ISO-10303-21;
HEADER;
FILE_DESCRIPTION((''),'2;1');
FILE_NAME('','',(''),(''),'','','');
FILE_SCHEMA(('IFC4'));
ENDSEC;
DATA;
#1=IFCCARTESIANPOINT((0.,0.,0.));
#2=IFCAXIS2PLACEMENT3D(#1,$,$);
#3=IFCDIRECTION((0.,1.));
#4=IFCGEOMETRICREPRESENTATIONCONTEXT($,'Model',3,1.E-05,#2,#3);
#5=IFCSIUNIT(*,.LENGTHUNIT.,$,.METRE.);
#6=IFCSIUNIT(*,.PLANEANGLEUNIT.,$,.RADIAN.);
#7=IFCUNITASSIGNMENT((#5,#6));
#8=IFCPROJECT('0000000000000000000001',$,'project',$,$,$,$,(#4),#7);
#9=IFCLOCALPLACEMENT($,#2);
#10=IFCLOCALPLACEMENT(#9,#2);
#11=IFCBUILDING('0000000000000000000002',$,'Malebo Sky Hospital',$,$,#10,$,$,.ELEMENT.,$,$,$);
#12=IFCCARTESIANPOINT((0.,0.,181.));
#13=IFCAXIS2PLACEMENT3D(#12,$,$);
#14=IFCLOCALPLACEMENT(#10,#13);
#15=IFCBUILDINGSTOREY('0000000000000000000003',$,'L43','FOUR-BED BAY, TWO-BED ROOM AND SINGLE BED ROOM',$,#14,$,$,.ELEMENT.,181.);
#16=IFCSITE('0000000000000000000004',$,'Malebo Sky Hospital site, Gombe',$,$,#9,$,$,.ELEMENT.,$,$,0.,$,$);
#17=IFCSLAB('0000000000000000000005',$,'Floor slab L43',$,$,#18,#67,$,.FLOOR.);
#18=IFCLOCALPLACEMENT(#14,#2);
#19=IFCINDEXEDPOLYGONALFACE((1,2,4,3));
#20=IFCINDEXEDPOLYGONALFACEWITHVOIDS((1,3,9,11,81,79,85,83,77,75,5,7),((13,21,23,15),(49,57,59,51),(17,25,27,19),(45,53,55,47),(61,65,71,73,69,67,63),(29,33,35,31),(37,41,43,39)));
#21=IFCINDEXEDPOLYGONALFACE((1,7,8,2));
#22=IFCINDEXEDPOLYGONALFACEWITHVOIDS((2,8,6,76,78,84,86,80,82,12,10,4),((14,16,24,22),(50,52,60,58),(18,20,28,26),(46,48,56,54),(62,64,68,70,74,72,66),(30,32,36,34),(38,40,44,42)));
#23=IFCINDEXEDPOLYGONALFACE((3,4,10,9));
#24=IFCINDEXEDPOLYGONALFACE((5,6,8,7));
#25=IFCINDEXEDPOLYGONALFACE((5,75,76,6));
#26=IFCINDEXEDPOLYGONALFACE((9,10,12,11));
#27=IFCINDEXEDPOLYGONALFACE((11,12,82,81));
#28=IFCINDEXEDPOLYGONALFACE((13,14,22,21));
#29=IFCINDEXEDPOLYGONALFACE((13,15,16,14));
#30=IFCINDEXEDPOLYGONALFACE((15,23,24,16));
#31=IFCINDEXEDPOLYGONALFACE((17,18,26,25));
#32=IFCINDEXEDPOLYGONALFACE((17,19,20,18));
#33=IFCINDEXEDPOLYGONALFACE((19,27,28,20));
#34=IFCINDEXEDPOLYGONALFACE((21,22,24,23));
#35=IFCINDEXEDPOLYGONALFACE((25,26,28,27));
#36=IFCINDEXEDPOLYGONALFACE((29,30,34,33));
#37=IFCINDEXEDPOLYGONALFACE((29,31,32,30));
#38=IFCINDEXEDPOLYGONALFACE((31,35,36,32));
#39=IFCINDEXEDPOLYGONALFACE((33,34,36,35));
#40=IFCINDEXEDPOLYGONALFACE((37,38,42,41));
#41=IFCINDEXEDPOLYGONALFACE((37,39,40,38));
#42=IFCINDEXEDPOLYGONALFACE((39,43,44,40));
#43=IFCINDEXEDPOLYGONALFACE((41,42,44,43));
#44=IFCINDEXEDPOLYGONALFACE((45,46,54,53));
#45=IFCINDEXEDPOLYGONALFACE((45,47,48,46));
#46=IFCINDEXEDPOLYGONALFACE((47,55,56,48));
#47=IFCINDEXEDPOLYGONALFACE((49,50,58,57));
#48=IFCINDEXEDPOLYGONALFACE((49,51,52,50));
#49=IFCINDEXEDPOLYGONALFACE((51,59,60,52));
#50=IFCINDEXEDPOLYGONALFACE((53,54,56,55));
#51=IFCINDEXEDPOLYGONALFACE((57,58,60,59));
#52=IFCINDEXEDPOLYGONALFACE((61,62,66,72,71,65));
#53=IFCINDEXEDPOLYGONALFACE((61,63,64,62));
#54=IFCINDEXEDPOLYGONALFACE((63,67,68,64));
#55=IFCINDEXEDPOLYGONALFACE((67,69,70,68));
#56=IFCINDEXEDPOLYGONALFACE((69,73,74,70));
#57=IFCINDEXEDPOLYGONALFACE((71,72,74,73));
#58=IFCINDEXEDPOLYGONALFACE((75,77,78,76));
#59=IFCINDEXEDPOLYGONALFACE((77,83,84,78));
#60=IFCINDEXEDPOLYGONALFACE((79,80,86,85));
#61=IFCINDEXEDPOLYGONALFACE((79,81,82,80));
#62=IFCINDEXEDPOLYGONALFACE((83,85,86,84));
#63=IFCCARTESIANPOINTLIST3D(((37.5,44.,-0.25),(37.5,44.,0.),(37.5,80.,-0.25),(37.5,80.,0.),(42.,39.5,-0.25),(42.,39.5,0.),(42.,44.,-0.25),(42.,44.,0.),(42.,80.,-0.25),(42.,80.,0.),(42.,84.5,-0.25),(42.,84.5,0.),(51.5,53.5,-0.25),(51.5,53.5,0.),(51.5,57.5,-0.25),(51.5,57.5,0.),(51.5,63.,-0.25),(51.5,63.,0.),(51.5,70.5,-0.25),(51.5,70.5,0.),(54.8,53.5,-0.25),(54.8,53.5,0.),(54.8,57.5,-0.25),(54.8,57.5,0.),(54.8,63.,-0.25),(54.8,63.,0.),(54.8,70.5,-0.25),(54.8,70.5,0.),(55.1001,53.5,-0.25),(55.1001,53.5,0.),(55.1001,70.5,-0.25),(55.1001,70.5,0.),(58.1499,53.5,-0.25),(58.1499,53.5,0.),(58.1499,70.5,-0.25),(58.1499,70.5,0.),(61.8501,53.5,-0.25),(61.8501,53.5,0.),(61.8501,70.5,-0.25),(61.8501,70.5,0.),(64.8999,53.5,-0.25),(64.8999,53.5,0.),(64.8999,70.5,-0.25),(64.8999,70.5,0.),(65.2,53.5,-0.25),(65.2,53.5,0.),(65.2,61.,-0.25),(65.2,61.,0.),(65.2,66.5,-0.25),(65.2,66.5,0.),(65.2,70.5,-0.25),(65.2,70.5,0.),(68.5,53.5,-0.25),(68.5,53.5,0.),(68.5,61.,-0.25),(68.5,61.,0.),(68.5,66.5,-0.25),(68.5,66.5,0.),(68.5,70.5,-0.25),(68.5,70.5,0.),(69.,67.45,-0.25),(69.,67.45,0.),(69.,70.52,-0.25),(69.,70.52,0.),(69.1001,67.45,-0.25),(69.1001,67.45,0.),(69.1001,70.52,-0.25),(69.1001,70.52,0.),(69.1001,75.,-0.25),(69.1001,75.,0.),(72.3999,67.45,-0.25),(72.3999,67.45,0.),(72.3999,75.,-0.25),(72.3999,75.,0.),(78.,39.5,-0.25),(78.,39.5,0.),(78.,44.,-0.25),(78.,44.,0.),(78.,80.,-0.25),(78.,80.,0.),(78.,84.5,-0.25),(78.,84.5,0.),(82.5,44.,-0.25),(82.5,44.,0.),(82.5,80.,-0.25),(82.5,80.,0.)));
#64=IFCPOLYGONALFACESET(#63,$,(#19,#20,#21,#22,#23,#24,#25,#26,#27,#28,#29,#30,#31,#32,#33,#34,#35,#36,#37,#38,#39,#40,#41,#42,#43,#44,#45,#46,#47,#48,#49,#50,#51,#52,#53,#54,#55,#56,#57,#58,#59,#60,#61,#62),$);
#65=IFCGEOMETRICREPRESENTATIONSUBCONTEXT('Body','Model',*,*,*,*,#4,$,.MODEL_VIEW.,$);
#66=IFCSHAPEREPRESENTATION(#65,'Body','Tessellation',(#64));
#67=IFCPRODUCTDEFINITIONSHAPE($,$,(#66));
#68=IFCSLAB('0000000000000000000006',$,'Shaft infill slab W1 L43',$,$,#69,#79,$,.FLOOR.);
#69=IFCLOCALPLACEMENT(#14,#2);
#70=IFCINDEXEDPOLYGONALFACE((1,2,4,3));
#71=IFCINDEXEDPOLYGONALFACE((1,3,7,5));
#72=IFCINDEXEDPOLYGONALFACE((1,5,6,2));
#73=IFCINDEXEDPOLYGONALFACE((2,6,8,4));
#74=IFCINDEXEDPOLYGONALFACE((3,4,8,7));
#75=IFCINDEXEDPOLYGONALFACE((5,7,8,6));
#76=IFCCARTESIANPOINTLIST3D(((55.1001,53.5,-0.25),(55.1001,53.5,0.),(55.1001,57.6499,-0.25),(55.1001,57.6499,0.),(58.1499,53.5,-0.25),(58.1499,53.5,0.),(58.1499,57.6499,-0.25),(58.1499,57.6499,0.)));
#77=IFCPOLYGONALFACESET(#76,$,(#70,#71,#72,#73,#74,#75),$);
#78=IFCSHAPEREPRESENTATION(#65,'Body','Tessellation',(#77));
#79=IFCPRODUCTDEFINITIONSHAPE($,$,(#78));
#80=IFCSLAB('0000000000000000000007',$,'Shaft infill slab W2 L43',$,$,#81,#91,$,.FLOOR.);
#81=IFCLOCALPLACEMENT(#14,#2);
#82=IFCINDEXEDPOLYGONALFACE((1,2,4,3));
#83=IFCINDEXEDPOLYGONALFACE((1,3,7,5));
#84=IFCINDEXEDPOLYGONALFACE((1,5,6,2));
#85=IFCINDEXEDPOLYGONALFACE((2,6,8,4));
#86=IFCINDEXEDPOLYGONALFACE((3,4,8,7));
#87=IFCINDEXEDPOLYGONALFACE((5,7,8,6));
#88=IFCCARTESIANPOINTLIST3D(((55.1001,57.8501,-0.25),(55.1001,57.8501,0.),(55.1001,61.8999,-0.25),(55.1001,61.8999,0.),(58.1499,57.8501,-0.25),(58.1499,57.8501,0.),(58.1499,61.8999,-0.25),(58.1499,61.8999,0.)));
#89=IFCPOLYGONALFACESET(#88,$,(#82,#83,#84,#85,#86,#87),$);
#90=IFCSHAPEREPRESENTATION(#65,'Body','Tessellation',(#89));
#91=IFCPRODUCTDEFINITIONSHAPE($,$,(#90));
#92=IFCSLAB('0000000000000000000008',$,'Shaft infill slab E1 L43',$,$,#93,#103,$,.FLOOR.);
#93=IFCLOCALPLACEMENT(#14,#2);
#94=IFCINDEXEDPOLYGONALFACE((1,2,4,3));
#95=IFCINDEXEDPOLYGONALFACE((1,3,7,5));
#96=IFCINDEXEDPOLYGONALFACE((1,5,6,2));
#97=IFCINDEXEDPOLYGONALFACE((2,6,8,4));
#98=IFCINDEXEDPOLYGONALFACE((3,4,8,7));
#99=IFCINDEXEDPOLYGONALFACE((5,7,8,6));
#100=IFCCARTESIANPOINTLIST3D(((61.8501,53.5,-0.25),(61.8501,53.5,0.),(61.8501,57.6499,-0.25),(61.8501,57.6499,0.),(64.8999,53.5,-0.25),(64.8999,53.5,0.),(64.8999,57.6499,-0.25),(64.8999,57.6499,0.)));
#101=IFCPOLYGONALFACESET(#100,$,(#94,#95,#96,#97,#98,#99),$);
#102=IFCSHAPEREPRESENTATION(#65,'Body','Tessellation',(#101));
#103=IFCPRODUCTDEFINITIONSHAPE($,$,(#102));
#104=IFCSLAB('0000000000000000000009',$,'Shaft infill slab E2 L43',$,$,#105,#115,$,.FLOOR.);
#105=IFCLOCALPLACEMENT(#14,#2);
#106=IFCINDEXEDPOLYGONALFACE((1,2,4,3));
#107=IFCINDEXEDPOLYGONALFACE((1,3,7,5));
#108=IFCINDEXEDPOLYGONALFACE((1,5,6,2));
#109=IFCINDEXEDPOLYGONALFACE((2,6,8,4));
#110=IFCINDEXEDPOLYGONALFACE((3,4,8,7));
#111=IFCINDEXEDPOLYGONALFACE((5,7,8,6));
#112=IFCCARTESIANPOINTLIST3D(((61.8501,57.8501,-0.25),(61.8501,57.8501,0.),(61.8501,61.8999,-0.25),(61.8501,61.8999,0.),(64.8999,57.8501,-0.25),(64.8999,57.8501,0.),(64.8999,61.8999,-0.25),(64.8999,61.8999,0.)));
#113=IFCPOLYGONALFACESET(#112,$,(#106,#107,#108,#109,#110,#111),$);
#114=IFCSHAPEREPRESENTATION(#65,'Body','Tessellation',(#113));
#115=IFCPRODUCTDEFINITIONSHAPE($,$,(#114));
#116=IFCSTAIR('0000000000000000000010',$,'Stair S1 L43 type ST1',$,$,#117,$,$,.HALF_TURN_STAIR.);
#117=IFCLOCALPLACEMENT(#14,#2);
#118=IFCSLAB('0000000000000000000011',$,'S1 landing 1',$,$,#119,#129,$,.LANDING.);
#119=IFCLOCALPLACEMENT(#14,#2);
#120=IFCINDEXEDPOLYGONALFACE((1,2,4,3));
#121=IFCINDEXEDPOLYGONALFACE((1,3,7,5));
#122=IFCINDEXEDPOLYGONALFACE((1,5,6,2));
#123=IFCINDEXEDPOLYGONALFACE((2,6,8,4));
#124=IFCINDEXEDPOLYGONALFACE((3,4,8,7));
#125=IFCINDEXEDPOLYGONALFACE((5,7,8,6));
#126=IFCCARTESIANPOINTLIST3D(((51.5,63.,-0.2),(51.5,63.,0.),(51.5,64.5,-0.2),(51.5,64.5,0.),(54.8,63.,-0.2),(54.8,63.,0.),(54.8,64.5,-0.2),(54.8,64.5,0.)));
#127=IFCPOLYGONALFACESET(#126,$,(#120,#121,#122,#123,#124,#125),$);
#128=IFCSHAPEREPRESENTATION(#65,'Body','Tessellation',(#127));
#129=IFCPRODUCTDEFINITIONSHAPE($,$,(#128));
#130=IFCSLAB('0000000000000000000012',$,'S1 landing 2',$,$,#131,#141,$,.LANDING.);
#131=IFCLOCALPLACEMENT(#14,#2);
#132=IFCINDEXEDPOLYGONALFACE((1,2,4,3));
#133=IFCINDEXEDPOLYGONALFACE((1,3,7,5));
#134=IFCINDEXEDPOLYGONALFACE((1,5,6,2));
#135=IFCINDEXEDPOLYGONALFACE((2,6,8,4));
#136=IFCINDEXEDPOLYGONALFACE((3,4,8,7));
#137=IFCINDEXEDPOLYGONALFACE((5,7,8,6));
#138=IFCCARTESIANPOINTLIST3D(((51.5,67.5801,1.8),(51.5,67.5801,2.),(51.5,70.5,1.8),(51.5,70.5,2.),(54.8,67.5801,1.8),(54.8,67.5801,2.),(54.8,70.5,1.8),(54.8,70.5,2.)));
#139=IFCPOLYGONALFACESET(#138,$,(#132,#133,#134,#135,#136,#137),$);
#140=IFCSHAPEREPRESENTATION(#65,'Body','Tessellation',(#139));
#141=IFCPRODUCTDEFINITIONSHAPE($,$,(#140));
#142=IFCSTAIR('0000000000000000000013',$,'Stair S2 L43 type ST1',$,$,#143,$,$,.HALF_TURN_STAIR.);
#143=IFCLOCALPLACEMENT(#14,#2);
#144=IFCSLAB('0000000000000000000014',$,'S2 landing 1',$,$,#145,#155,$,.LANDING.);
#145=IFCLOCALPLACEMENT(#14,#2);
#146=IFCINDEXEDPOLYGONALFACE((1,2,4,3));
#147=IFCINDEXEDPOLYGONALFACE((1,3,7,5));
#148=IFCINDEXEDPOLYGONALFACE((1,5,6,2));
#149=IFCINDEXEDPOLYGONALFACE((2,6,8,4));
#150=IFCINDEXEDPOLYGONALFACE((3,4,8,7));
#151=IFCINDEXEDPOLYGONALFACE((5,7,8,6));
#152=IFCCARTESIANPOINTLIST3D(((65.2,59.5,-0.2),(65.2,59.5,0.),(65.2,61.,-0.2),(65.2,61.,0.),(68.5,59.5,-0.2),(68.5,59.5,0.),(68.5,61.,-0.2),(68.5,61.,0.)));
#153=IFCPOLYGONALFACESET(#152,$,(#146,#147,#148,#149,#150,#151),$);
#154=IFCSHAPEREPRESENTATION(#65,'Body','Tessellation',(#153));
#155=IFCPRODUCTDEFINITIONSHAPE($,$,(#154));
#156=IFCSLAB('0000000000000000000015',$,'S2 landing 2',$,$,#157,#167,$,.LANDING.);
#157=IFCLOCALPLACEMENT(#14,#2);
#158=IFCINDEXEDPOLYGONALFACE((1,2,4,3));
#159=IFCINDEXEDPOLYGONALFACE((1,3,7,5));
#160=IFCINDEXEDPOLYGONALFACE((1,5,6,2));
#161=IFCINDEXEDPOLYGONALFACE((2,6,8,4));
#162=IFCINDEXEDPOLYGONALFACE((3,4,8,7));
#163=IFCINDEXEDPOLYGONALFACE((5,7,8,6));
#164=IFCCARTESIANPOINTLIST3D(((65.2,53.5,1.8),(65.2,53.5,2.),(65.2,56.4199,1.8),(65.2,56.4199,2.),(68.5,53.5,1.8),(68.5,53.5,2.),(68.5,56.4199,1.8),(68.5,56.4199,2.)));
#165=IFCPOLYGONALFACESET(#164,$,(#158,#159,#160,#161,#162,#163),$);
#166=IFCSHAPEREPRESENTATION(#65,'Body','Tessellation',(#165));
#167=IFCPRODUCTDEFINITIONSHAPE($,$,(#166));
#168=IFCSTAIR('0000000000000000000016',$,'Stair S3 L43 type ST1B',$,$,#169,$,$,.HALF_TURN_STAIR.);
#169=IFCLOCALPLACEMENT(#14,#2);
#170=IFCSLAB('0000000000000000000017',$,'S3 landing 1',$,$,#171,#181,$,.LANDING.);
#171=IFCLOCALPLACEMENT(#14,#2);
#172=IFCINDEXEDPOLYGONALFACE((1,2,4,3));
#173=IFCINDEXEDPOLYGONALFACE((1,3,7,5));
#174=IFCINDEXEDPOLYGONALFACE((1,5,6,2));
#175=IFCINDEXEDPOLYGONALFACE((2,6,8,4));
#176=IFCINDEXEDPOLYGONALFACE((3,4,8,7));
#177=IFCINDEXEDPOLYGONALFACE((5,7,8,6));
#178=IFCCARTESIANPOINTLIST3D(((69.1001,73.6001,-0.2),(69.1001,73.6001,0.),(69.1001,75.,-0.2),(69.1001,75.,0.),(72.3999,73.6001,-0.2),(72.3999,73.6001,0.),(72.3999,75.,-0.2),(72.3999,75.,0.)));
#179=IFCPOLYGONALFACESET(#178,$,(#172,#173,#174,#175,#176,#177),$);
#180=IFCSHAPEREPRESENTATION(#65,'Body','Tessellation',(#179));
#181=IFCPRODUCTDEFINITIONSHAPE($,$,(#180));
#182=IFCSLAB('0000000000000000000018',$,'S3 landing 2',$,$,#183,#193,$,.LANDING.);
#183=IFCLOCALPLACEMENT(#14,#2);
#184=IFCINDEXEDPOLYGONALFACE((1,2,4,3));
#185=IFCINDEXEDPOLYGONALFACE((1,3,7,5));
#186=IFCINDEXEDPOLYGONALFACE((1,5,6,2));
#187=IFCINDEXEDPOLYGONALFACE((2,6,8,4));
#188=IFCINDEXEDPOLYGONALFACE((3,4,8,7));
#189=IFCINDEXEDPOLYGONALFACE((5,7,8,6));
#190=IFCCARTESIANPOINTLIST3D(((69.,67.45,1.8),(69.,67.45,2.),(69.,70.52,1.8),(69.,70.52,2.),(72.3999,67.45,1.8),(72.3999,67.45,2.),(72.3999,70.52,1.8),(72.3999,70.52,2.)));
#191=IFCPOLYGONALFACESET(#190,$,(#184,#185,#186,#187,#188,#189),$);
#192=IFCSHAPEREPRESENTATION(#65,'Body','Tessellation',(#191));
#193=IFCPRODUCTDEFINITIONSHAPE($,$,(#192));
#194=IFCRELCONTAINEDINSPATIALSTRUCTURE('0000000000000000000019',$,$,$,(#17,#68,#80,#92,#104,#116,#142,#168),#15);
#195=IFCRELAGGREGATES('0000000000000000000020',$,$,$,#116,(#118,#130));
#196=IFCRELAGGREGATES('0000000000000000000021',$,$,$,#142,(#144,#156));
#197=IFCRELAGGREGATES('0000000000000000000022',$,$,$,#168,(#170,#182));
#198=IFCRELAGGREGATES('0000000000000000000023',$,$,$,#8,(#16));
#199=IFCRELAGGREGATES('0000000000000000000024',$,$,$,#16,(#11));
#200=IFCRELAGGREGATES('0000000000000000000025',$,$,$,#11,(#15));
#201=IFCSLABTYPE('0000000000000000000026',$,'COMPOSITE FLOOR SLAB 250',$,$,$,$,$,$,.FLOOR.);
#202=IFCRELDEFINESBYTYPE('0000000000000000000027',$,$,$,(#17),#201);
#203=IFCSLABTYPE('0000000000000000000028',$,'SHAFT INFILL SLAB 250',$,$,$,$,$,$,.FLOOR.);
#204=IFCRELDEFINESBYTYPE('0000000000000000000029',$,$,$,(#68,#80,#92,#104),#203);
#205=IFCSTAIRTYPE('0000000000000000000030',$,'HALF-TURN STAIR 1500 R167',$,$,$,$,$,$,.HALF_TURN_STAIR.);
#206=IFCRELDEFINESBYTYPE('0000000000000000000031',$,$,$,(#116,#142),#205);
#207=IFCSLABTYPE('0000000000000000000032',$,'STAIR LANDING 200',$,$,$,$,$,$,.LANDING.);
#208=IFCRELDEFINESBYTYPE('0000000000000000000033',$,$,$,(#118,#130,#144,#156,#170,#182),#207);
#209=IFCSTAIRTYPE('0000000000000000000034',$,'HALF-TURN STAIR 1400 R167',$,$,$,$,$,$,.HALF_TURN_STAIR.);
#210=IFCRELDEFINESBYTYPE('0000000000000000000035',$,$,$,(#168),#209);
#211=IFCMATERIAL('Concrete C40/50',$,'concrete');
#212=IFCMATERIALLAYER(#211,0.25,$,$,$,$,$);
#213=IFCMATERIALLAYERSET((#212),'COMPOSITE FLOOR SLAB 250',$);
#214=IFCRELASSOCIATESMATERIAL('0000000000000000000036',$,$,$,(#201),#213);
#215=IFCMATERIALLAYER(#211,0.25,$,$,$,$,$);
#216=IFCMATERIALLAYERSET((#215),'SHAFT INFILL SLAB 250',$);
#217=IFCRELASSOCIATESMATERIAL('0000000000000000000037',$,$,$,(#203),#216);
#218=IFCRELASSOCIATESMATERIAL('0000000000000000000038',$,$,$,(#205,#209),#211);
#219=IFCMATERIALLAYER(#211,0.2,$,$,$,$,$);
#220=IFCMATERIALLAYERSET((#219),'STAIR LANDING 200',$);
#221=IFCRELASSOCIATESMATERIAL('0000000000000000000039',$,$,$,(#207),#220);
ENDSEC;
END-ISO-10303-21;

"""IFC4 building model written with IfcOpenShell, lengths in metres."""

from ifc_helpers import new_model, si_unit, direction, frame, origin, place, context, subcontext, project, spatial, polyline, outline, extrude, material, layer, layer_set, type_object, element, aggregate, save


model = new_model("IFC4")

# Units and contexts
model_context = context("Model", 3, precision=1e-05, world=origin(), true_north=direction((0.0, 1.0)))
body_context = subcontext(model_context, "Body", "Model", "MODEL_VIEW")
ifc_project = project(units=[si_unit("LENGTHUNIT", "METRE"), si_unit("PLANEANGLEUNIT", "RADIAN")], contexts=[model_context])

# Site, building, storey
site_placement = place(None, origin())
site = spatial("IfcSite", under=ifc_project, at=site_placement, Name="Malebo Sky Hospital site, Gombe", CompositionType="ELEMENT", RefElevation=0.0)
building_placement = place(site_placement, origin())
building = spatial("IfcBuilding", under=site, at=building_placement, Name="Malebo Sky Hospital", CompositionType="ELEMENT")
storey_placement = place(building_placement, frame((0.0, 0.0, 181.0)))
storey = spatial("IfcBuildingStorey", under=building, at=storey_placement, Name="L43", Description="FOUR-BED BAY, TWO-BED ROOM AND SINGLE BED ROOM", CompositionType="ELEMENT", Elevation=181.0)

# Slabs
ifc_material_1 = material(Name="Concrete C40/50", Category="concrete")
ifc_layer_1 = layer(ifc_material_1, 0.25)
ifc_layer_set_1 = layer_set([ifc_layer_1], Name="COMPOSITE FLOOR SLAB 250")
slab_type_1 = type_object("IfcSlabType", Name="COMPOSITE FLOOR SLAB 250", PredefinedType="FLOOR", material=ifc_layer_set_1)
slab_1_placement = place(storey_placement, frame((0.0, 0.0, -0.25)))
element("IfcSlab", 1, at=slab_1_placement, inside=storey, type_object=slab_type_1, Name="Floor slab L43", PredefinedType="FLOOR", context=body_context, shape_type="SweptSolid", body=[
    extrude(outline(polyline([(42.0, 84.5), (42.0, 80.0), (37.5, 80.0), (37.5, 44.0), (42.0, 44.0), (42.0, 39.5), (78.0, 39.5), (78.0, 44.0), (82.5, 44.0), (82.5, 80.0), (78.0, 80.0), (78.0, 84.5), (42.0, 84.5)]), holes=[polyline([(55.1001, 70.5), (58.1499, 70.5), (58.1499, 53.5), (55.1001, 53.5), (55.1001, 70.5)]), polyline([(64.8999, 70.5), (64.8999, 53.5), (61.8501, 53.5), (61.8501, 70.5), (64.8999, 70.5)]), polyline([(54.8, 63.0), (51.5, 63.0), (51.5, 70.5), (54.8, 70.5), (54.8, 63.0)]), polyline([(51.5, 53.5), (51.5, 57.5), (54.8, 57.5), (54.8, 53.5), (51.5, 53.5)]), polyline([(65.2, 61.0), (68.5, 61.0), (68.5, 53.5), (65.2, 53.5), (65.2, 61.0)]), polyline([(68.5, 70.5), (68.5, 66.5), (65.2, 66.5), (65.2, 70.5), (68.5, 70.5)]), polyline([(69.0, 67.45), (69.0, 70.52), (69.1001, 70.52), (69.1001, 75.0), (72.3999, 75.0), (72.3999, 67.45), (69.1001, 67.45), (69.0, 67.45)])]), origin(), (0.0, 0.0, 1.0), 0.25),
])
ifc_layer_2 = layer(ifc_material_1, 0.25)
ifc_layer_set_2 = layer_set([ifc_layer_2], Name="SHAFT INFILL SLAB 250")
slab_type_2 = type_object("IfcSlabType", Name="SHAFT INFILL SLAB 250", PredefinedType="FLOOR", material=ifc_layer_set_2)
slab_2_placement = place(storey_placement, frame((0.0, 0.0, -0.25)))
element("IfcSlab", 2, at=slab_2_placement, inside=storey, type_object=slab_type_2, Name="Shaft infill slab W1 L43", PredefinedType="FLOOR", context=body_context, shape_type="SweptSolid", body=[
    extrude(outline(polyline([(55.1001, 53.5), (58.1499, 53.5), (58.1499, 57.6499), (55.1001, 57.6499), (55.1001, 53.5)])), origin(), (0.0, 0.0, 1.0), 0.25),
])
slab_3_placement = place(storey_placement, frame((0.0, 0.0, -0.25)))
element("IfcSlab", 3, at=slab_3_placement, inside=storey, type_object=slab_type_2, Name="Shaft infill slab W2 L43", PredefinedType="FLOOR", context=body_context, shape_type="SweptSolid", body=[
    extrude(outline(polyline([(55.1001, 57.8501), (58.1499, 57.8501), (58.1499, 61.8999), (55.1001, 61.8999), (55.1001, 57.8501)])), origin(), (0.0, 0.0, 1.0), 0.25),
])
slab_4_placement = place(storey_placement, frame((0.0, 0.0, -0.25)))
element("IfcSlab", 4, at=slab_4_placement, inside=storey, type_object=slab_type_2, Name="Shaft infill slab E1 L43", PredefinedType="FLOOR", context=body_context, shape_type="SweptSolid", body=[
    extrude(outline(polyline([(61.8501, 53.5), (64.8999, 53.5), (64.8999, 57.6499), (61.8501, 57.6499), (61.8501, 53.5)])), origin(), (0.0, 0.0, 1.0), 0.25),
])
slab_5_placement = place(storey_placement, frame((0.0, 0.0, -0.25)))
element("IfcSlab", 5, at=slab_5_placement, inside=storey, type_object=slab_type_2, Name="Shaft infill slab E2 L43", PredefinedType="FLOOR", context=body_context, shape_type="SweptSolid", body=[
    extrude(outline(polyline([(61.8501, 57.8501), (64.8999, 57.8501), (64.8999, 61.8999), (61.8501, 61.8999), (61.8501, 57.8501)])), origin(), (0.0, 0.0, 1.0), 0.25),
])

# Stairs, slabs
stair_type_1 = type_object("IfcStairType", Name="HALF-TURN STAIR 1500 R167", PredefinedType="HALF_TURN_STAIR", material=ifc_material_1)
stair_1_placement = place(storey_placement, origin())
stair_1 = element("IfcStair", 6, at=stair_1_placement, inside=storey, type_object=stair_type_1, Name="Stair S1 L43 type ST1", PredefinedType="HALF_TURN_STAIR")
ifc_layer_3 = layer(ifc_material_1, 0.2)
ifc_layer_set_3 = layer_set([ifc_layer_3], Name="STAIR LANDING 200")
slab_type_3 = type_object("IfcSlabType", Name="STAIR LANDING 200", PredefinedType="LANDING", material=ifc_layer_set_3)
slab_6_placement = place(storey_placement, frame((0.0, 0.0, -0.2)))
slab_6 = element("IfcSlab", 7, at=slab_6_placement, type_object=slab_type_3, Name="S1 landing 1", PredefinedType="LANDING", context=body_context, shape_type="SweptSolid", body=[
    extrude(outline(polyline([(51.5, 63.0), (54.8, 63.0), (54.8, 64.5), (51.5, 64.5), (51.5, 63.0)])), origin(), (0.0, 0.0, 1.0), 0.2),
])
slab_7_placement = place(storey_placement, frame((0.0, 0.0, 1.8)))
slab_7 = element("IfcSlab", 8, at=slab_7_placement, type_object=slab_type_3, Name="S1 landing 2", PredefinedType="LANDING", context=body_context, shape_type="SweptSolid", body=[
    extrude(outline(polyline([(51.5, 67.5801), (54.8, 67.5801), (54.8, 70.5), (51.5, 70.5), (51.5, 67.5801)])), origin(), (0.0, 0.0, 1.0), 0.2),
])
aggregate(stair_1, [slab_6, slab_7])
stair_2_placement = place(storey_placement, origin())
stair_2 = element("IfcStair", 9, at=stair_2_placement, inside=storey, type_object=stair_type_1, Name="Stair S2 L43 type ST1", PredefinedType="HALF_TURN_STAIR")
slab_8_placement = place(storey_placement, frame((0.0, 0.0, -0.2)))
slab_8 = element("IfcSlab", 10, at=slab_8_placement, type_object=slab_type_3, Name="S2 landing 1", PredefinedType="LANDING", context=body_context, shape_type="SweptSolid", body=[
    extrude(outline(polyline([(65.2, 59.5), (68.5, 59.5), (68.5, 61.0), (65.2, 61.0), (65.2, 59.5)])), origin(), (0.0, 0.0, 1.0), 0.2),
])
slab_9_placement = place(storey_placement, frame((0.0, 0.0, 1.8)))
slab_9 = element("IfcSlab", 11, at=slab_9_placement, type_object=slab_type_3, Name="S2 landing 2", PredefinedType="LANDING", context=body_context, shape_type="SweptSolid", body=[
    extrude(outline(polyline([(65.2, 53.5), (68.5, 53.5), (68.5, 56.4199), (65.2, 56.4199), (65.2, 53.5)])), origin(), (0.0, 0.0, 1.0), 0.2),
])
aggregate(stair_2, [slab_8, slab_9])
stair_type_2 = type_object("IfcStairType", Name="HALF-TURN STAIR 1400 R167", PredefinedType="HALF_TURN_STAIR", material=ifc_material_1)
stair_3_placement = place(storey_placement, origin())
stair_3 = element("IfcStair", 12, at=stair_3_placement, inside=storey, type_object=stair_type_2, Name="Stair S3 L43 type ST1B", PredefinedType="HALF_TURN_STAIR")
slab_10_placement = place(storey_placement, frame((0.0, 0.0, -0.2)))
slab_10 = element("IfcSlab", 13, at=slab_10_placement, type_object=slab_type_3, Name="S3 landing 1", PredefinedType="LANDING", context=body_context, shape_type="SweptSolid", body=[
    extrude(outline(polyline([(69.1001, 73.6001), (72.3999, 73.6001), (72.3999, 75.0), (69.1001, 75.0), (69.1001, 73.6001)])), origin(), (0.0, 0.0, 1.0), 0.2),
])
slab_11_placement = place(storey_placement, frame((0.0, 0.0, 1.8)))
slab_11 = element("IfcSlab", 14, at=slab_11_placement, type_object=slab_type_3, Name="S3 landing 2", PredefinedType="LANDING", context=body_context, shape_type="SweptSolid", body=[
    extrude(outline(polyline([(69.0, 67.45), (72.3999, 67.45), (72.3999, 70.52), (69.0, 70.52), (69.0, 67.45)])), origin(), (0.0, 0.0, 1.0), 0.2),
])
aggregate(stair_3, [slab_10, slab_11])

save(model, "model.ifc")
